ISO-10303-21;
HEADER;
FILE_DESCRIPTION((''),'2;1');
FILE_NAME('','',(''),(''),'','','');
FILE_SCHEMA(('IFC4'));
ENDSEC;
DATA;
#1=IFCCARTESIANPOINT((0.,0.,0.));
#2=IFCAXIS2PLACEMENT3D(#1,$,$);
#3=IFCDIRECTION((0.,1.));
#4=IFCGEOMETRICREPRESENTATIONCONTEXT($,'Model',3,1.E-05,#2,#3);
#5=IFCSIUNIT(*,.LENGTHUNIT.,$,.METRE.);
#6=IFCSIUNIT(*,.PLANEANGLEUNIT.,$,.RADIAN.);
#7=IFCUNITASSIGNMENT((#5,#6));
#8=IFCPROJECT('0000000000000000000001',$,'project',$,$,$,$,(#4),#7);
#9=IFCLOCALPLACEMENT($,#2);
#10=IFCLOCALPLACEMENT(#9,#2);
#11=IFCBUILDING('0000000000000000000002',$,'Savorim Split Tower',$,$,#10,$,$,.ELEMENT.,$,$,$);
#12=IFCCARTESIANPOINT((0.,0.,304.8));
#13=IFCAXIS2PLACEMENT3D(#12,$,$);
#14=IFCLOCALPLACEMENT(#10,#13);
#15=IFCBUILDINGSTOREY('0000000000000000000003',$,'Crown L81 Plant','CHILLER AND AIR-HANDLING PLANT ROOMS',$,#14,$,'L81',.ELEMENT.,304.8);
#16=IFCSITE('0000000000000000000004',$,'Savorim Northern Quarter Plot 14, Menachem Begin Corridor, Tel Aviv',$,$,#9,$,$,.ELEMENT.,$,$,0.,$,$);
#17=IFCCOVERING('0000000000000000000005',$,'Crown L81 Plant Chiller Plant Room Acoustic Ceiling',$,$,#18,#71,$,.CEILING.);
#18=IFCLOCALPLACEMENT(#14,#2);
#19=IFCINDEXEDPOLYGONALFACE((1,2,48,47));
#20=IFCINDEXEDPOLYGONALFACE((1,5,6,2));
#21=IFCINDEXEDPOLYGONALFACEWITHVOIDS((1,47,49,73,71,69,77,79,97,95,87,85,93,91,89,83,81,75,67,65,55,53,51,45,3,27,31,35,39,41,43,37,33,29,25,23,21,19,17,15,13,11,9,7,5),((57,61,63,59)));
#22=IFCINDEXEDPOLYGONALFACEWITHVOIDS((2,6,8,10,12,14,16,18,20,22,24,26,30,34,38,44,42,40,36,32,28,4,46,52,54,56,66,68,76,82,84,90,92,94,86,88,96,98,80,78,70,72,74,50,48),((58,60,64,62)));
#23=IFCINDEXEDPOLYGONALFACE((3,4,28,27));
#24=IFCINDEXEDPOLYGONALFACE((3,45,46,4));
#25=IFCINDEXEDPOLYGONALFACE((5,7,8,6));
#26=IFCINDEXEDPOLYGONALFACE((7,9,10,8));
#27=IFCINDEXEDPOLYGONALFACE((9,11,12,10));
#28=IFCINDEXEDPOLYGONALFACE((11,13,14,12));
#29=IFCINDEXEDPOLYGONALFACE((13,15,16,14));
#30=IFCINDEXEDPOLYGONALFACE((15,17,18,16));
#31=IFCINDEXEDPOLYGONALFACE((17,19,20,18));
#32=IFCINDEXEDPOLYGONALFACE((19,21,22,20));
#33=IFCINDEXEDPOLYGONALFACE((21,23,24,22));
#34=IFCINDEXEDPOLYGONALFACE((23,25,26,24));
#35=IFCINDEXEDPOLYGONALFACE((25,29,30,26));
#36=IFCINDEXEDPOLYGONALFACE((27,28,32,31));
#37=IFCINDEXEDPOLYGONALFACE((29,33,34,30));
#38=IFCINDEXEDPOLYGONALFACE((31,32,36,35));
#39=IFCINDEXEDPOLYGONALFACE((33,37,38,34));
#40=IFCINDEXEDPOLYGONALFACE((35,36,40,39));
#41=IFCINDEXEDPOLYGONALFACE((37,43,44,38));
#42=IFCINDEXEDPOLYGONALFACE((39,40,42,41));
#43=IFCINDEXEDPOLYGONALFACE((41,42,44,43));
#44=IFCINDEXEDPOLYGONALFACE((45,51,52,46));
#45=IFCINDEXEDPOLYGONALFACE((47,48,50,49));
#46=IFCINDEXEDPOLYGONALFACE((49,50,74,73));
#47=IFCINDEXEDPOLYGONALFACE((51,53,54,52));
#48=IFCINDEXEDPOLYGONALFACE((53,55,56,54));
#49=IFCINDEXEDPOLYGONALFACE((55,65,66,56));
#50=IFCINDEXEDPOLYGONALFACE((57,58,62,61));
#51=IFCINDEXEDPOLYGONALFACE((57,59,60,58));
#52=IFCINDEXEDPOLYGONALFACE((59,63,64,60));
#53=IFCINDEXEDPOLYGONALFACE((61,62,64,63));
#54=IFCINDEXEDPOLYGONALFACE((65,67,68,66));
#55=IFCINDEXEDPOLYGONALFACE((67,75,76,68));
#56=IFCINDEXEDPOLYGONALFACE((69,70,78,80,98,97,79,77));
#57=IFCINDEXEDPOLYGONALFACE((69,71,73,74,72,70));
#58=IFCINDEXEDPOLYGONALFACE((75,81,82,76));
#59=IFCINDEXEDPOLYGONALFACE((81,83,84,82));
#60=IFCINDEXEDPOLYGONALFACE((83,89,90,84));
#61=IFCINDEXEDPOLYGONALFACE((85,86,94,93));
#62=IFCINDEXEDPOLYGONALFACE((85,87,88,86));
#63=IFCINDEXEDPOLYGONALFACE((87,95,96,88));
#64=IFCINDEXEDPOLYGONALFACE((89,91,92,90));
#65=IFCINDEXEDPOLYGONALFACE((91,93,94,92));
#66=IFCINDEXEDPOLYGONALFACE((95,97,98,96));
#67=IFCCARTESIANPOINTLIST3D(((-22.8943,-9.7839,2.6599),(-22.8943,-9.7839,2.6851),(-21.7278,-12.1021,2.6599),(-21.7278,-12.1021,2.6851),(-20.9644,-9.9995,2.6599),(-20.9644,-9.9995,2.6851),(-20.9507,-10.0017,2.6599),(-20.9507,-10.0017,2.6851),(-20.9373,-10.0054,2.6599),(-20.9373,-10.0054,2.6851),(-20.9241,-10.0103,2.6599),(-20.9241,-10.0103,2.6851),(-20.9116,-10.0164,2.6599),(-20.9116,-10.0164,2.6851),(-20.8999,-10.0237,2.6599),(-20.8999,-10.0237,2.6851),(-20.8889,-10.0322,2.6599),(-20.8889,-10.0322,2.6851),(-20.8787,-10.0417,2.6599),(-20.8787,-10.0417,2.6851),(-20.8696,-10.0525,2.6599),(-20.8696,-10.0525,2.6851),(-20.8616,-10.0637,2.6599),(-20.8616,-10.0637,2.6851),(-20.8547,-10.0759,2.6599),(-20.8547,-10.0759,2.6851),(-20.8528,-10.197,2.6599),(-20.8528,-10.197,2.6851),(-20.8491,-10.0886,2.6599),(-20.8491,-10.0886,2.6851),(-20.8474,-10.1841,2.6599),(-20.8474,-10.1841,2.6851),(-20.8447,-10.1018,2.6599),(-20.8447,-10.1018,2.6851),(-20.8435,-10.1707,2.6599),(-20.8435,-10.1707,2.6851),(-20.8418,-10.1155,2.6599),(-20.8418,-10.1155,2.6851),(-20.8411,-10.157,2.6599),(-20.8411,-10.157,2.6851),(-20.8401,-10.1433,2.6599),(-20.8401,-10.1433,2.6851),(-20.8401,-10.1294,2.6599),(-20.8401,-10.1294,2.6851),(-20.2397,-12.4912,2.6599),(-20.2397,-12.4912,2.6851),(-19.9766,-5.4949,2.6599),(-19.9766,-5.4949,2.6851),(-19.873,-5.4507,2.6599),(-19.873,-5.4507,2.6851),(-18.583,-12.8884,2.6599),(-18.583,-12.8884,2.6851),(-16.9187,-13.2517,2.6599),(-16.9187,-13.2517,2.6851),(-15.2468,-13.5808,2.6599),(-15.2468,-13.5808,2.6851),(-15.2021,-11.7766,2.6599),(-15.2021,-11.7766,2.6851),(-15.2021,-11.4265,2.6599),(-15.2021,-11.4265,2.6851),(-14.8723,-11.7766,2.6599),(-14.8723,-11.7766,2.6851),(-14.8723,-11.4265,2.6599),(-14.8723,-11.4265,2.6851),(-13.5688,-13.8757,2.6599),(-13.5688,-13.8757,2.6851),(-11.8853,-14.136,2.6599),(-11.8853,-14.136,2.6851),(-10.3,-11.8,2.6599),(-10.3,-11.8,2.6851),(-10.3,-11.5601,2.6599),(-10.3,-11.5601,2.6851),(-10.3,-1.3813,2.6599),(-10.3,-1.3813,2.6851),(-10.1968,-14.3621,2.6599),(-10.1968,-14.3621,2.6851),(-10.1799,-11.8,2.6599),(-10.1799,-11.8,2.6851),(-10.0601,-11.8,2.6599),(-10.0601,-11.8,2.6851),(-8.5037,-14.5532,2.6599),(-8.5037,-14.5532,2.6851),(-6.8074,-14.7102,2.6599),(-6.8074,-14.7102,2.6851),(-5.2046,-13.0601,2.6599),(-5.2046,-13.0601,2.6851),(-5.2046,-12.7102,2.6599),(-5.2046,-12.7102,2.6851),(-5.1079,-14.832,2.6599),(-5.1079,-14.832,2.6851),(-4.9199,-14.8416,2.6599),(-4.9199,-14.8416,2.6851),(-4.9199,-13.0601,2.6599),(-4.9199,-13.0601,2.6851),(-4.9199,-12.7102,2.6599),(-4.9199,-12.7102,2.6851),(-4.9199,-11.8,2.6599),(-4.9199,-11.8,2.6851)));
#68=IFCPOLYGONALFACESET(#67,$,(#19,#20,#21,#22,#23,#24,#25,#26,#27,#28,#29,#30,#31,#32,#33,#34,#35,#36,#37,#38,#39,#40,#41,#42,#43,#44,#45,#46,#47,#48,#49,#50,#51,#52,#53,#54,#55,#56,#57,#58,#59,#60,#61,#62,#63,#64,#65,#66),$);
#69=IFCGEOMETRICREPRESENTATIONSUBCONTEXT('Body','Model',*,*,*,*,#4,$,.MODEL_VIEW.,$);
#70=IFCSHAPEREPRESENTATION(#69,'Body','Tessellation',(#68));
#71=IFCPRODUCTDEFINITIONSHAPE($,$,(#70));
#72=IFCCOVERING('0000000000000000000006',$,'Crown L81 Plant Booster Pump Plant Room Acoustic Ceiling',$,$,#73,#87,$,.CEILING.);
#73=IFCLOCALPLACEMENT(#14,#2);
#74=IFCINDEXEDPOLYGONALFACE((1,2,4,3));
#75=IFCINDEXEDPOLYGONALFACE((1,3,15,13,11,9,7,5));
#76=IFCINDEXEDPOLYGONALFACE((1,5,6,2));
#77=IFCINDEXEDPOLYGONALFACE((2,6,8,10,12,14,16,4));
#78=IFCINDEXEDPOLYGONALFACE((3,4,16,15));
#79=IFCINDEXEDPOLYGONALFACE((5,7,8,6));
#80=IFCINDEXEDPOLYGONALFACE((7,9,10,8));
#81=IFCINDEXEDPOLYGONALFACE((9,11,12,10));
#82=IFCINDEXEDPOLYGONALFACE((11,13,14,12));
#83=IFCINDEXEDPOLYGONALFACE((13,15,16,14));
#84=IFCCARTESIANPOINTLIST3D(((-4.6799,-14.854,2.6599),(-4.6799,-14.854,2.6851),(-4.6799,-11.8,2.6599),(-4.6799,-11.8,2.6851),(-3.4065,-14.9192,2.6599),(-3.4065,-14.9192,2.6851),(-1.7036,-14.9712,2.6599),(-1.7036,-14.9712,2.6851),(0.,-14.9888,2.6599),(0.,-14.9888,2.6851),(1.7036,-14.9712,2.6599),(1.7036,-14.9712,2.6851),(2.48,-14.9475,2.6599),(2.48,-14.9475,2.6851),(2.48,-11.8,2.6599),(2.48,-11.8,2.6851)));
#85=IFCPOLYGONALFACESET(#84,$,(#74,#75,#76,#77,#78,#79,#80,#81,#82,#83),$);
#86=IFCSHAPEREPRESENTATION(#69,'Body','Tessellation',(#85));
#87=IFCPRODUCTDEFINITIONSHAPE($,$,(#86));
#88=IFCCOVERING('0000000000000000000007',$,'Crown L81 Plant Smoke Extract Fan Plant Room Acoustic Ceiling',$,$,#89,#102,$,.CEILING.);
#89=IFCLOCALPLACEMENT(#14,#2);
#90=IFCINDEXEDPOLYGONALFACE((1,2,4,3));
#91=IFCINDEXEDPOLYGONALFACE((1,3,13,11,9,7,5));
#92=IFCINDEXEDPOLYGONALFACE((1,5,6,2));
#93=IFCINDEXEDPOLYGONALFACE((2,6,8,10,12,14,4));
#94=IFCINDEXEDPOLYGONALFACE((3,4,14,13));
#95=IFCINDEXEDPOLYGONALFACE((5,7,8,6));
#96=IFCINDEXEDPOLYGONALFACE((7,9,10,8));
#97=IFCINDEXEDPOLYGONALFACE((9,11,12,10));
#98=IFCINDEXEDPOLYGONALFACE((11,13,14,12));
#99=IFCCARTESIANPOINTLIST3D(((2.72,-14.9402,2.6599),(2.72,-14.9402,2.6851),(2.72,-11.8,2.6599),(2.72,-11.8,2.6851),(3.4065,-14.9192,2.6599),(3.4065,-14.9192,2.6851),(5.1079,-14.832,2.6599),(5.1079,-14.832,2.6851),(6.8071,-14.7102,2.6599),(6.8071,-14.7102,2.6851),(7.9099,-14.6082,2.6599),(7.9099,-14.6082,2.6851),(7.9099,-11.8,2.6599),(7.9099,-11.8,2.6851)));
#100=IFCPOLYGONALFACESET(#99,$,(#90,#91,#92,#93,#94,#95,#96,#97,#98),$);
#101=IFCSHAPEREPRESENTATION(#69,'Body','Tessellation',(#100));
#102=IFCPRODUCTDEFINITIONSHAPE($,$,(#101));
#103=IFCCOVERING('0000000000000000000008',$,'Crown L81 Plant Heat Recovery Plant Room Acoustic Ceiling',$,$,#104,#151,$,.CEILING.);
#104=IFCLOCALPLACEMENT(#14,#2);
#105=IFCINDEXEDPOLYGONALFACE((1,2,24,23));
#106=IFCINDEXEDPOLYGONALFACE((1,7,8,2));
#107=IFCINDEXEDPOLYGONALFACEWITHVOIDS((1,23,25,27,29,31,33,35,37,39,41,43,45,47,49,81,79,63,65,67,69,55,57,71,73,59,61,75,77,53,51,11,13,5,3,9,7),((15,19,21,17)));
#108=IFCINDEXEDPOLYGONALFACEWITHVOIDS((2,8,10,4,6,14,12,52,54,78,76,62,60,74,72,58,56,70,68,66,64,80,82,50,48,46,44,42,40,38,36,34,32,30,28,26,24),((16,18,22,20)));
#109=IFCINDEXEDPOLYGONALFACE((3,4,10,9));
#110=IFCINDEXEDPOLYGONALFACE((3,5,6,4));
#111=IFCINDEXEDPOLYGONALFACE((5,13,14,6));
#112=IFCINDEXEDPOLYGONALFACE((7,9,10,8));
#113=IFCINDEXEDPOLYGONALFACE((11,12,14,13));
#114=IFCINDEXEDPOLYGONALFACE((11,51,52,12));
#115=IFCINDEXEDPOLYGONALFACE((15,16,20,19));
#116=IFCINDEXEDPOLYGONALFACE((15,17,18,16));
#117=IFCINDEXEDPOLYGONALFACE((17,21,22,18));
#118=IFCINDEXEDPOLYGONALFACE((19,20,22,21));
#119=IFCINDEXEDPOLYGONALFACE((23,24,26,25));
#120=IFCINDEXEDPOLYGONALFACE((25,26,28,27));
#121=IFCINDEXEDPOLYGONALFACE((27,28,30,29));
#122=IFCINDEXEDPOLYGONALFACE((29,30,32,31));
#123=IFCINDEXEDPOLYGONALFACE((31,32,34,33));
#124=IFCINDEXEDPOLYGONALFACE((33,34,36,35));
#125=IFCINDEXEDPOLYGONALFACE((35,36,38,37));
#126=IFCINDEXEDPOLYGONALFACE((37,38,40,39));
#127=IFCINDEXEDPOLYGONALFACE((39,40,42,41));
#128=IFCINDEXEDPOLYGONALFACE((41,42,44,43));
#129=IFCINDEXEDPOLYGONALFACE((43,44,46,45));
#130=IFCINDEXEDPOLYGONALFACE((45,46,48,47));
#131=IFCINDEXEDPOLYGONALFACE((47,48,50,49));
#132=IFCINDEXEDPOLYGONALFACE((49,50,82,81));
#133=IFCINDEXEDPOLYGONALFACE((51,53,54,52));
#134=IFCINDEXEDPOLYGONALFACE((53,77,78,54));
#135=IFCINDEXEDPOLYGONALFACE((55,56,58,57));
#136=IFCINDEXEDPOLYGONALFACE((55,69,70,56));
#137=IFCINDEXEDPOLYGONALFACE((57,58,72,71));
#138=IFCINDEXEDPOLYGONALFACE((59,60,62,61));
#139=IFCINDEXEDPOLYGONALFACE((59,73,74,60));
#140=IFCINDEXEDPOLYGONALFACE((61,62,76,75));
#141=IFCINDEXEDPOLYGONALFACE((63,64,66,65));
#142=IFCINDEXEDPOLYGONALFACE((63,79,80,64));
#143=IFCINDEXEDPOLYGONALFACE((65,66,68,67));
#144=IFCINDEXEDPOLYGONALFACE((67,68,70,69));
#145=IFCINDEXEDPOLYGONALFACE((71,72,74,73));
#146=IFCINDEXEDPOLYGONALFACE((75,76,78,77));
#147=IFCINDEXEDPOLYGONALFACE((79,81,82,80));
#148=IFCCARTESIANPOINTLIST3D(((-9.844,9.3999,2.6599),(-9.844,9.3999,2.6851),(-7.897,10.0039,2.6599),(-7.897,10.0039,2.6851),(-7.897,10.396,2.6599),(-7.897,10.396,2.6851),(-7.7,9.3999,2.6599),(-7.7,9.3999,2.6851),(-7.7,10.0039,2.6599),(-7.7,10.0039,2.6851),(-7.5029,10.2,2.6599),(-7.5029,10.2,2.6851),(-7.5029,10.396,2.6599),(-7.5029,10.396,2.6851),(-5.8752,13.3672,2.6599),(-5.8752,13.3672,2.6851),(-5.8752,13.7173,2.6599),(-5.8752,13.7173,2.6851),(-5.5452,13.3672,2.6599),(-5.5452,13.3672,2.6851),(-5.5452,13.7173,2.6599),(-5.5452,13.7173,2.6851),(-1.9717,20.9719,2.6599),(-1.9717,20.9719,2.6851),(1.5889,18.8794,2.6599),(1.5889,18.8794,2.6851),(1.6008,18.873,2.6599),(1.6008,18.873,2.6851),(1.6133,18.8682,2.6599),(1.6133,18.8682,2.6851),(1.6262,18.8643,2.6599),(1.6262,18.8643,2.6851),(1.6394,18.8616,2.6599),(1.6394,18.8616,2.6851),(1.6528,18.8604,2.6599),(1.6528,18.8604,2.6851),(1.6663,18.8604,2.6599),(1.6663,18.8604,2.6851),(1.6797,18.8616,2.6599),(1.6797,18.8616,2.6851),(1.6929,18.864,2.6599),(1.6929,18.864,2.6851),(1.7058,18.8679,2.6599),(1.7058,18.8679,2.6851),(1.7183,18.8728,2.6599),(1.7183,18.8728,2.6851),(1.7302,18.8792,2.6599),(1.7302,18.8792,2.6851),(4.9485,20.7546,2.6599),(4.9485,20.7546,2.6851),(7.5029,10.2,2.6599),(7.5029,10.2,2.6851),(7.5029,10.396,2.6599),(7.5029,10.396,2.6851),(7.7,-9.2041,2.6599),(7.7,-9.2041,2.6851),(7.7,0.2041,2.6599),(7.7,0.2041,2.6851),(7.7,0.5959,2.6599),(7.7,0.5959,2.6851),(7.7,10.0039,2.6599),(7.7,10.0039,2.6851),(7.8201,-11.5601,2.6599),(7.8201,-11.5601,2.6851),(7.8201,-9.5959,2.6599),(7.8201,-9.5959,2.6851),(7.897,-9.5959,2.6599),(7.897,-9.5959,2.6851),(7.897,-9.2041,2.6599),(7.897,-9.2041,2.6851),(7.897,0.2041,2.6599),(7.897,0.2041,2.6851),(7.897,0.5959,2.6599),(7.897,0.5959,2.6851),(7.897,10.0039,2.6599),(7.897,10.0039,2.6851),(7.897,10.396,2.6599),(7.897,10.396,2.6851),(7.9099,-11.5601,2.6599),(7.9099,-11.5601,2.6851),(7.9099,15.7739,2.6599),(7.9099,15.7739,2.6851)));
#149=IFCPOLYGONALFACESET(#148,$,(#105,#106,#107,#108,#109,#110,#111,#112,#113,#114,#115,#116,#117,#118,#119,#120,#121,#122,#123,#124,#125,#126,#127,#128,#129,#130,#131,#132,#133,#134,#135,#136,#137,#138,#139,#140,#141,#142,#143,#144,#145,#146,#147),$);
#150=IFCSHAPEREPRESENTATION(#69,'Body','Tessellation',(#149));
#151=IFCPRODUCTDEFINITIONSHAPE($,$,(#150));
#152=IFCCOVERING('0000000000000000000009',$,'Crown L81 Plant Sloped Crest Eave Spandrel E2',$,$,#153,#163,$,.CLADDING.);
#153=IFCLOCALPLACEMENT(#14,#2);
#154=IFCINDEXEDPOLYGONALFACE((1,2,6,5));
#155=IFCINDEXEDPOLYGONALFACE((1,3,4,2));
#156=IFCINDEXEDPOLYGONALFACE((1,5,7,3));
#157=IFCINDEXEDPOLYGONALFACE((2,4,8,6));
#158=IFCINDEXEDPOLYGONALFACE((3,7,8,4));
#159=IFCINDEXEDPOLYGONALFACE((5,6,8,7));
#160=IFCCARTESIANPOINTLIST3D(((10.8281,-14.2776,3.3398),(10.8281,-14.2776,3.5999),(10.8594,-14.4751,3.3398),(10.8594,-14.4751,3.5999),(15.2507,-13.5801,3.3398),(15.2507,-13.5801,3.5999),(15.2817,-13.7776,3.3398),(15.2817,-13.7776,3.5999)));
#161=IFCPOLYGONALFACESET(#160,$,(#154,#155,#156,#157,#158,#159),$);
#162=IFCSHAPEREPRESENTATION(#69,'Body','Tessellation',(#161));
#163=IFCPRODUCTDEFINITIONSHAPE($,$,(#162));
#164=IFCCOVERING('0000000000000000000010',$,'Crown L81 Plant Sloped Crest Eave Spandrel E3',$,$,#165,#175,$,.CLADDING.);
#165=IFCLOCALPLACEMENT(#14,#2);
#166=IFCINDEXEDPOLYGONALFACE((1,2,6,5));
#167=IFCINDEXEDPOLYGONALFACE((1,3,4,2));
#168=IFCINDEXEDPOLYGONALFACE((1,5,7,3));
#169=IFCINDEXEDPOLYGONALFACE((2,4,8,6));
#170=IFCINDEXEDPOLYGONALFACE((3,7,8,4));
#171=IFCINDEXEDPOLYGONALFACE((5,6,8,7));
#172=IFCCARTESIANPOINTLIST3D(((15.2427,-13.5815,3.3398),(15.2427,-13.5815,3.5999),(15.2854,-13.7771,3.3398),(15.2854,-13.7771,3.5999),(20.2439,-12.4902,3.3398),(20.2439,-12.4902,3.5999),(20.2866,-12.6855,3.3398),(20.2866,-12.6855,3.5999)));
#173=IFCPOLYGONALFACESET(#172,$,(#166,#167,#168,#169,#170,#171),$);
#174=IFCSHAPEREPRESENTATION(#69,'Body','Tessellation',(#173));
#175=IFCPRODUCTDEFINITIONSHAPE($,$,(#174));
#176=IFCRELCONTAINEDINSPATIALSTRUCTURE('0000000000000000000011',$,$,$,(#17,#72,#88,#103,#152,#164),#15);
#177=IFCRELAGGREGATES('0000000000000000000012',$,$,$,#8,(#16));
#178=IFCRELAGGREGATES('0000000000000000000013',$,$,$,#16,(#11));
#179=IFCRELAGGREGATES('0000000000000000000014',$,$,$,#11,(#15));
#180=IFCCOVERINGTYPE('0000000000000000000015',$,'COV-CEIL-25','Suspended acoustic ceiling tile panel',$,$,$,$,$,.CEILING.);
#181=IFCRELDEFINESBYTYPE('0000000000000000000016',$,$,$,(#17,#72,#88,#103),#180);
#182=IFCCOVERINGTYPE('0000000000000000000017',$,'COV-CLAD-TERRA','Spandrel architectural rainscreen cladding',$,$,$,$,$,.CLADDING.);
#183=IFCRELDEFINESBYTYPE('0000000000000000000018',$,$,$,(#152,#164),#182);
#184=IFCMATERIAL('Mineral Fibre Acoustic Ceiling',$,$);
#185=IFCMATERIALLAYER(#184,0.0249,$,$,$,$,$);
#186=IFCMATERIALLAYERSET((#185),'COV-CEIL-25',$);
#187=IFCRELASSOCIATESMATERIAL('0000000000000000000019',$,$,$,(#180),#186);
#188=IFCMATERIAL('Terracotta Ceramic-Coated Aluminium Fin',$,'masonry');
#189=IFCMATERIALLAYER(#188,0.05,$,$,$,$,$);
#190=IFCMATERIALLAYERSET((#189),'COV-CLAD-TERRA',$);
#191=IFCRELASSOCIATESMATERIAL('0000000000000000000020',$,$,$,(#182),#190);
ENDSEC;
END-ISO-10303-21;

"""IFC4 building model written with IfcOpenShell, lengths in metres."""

from ifc_helpers import new_model, si_unit, direction, frame, origin, place, context, subcontext, project, spatial, polyline, outline, extrude, material, layer, layer_set, type_object, element, save


model = new_model("IFC4")

# Units and contexts
model_context = context("Model", 3, precision=1e-05, world=origin(), true_north=direction((0.0, 1.0)))
body_context = subcontext(model_context, "Body", "Model", "MODEL_VIEW")
ifc_project = project(units=[si_unit("LENGTHUNIT", "METRE"), si_unit("PLANEANGLEUNIT", "RADIAN")], contexts=[model_context])

# Site, building, storey
site_placement = place(None, origin())
site = spatial("IfcSite", under=ifc_project, at=site_placement, Name="Savorim Northern Quarter Plot 14, Menachem Begin Corridor, Tel Aviv", CompositionType="ELEMENT", RefElevation=0.0)
building_placement = place(site_placement, origin())
building = spatial("IfcBuilding", under=site, at=building_placement, Name="Savorim Split Tower", CompositionType="ELEMENT")
storey_placement = place(building_placement, frame((0.0, 0.0, 304.8)))
storey = spatial("IfcBuildingStorey", under=building, at=storey_placement, Name="Crown L81 Plant", Description="CHILLER AND AIR-HANDLING PLANT ROOMS", LongName="L81", CompositionType="ELEMENT", Elevation=304.8)

# Coverings
ifc_material_1 = material(Name="Mineral Fibre Acoustic Ceiling")
ifc_layer_1 = layer(ifc_material_1, 0.0249)
ifc_layer_set_1 = layer_set([ifc_layer_1], Name="COV-CEIL-25")
covering_type_1 = type_object("IfcCoveringType", Name="COV-CEIL-25", Description="Suspended acoustic ceiling tile panel", PredefinedType="CEILING", material=ifc_layer_set_1)
covering_1_placement = place(storey_placement, frame((0.0, 0.0, 2.6599)))
element("IfcCovering", 1, at=covering_1_placement, inside=storey, type_object=covering_type_1, Name="Crown L81 Plant Chiller Plant Room Acoustic Ceiling", PredefinedType="CEILING", context=body_context, shape_type="SweptSolid", body=[
    extrude(outline(polyline([(-8.5037, -14.5532), (-6.8074, -14.7102), (-5.1079, -14.832), (-4.9199, -14.8416), (-4.9199, -13.0601), (-5.2046, -13.0601), (-5.2046, -12.7102), (-4.9199, -12.7102), (-4.9199, -11.8), (-10.0601, -11.8), (-10.1799, -11.8), (-10.3, -11.8), (-10.3, -11.5601), (-10.3, -1.3813), (-19.873, -5.4507), (-19.9766, -5.4949), (-22.8943, -9.7839), (-20.9644, -9.9995), (-20.9507, -10.0017), (-20.9373, -10.0054), (-20.9241, -10.0103), (-20.9116, -10.0164), (-20.8999, -10.0237), (-20.8889, -10.0322), (-20.8787, -10.0417), (-20.8696, -10.0525), (-20.8616, -10.0637), (-20.8547, -10.0759), (-20.8491, -10.0886), (-20.8447, -10.1018), (-20.8418, -10.1155), (-20.8401, -10.1294), (-20.8401, -10.1433), (-20.8411, -10.157), (-20.8435, -10.1707), (-20.8474, -10.1841), (-20.8528, -10.197), (-21.7278, -12.1021), (-20.2397, -12.4912), (-18.583, -12.8884), (-16.9187, -13.2517), (-15.2468, -13.5808), (-13.5688, -13.8757), (-11.8853, -14.136), (-10.1968, -14.3621), (-8.5037, -14.5532)]), holes=[polyline([(-14.8723, -11.7766), (-14.8723, -11.4265), (-15.2021, -11.4265), (-15.2021, -11.7766), (-14.8723, -11.7766)])]), origin(), (0.0, 0.0, 1.0), 0.0251),
])
covering_2_placement = place(storey_placement, frame((0.0, 0.0, 2.6599)))
element("IfcCovering", 2, at=covering_2_placement, inside=storey, type_object=covering_type_1, Name="Crown L81 Plant Booster Pump Plant Room Acoustic Ceiling", PredefinedType="CEILING", context=body_context, shape_type="SweptSolid", body=[
    extrude(outline(polyline([(-1.7036, -14.9712), (0.0, -14.9888), (1.7036, -14.9712), (2.48, -14.9475), (2.48, -11.8), (-4.6799, -11.8), (-4.6799, -14.854), (-3.4065, -14.9192), (-1.7036, -14.9712)])), origin(), (0.0, 0.0, 1.0), 0.0251),
])
covering_3_placement = place(storey_placement, frame((0.0, 0.0, 2.6599)))
element("IfcCovering", 3, at=covering_3_placement, inside=storey, type_object=covering_type_1, Name="Crown L81 Plant Smoke Extract Fan Plant Room Acoustic Ceiling", PredefinedType="CEILING", context=body_context, shape_type="SweptSolid", body=[
    extrude(outline(polyline([(3.4065, -14.9192), (5.1079, -14.832), (6.8071, -14.7102), (7.9099, -14.6082), (7.9099, -11.8), (2.72, -11.8), (2.72, -14.9402), (3.4065, -14.9192)])), origin(), (0.0, 0.0, 1.0), 0.0251),
])
covering_4_placement = place(storey_placement, frame((0.0, 0.0, 2.6599)))
element("IfcCovering", 4, at=covering_4_placement, inside=storey, type_object=covering_type_1, Name="Crown L81 Plant Heat Recovery Plant Room Acoustic Ceiling", PredefinedType="CEILING", context=body_context, shape_type="SweptSolid", body=[
    extrude(outline(polyline([(1.6008, 18.873), (1.5889, 18.8794), (-1.9717, 20.9719), (-9.844, 9.3999), (-7.7, 9.3999), (-7.7, 10.0039), (-7.897, 10.0039), (-7.897, 10.396), (-7.5029, 10.396), (-7.5029, 10.2), (7.5029, 10.2), (7.5029, 10.396), (7.897, 10.396), (7.897, 10.0039), (7.7, 10.0039), (7.7, 0.5959), (7.897, 0.5959), (7.897, 0.2041), (7.7, 0.2041), (7.7, -9.2041), (7.897, -9.2041), (7.897, -9.5959), (7.8201, -9.5959), (7.8201, -11.5601), (7.9099, -11.5601), (7.9099, 15.7739), (4.9485, 20.7546), (1.7302, 18.8792), (1.7183, 18.8728), (1.7058, 18.8679), (1.6929, 18.864), (1.6797, 18.8616), (1.6663, 18.8604), (1.6528, 18.8604), (1.6394, 18.8616), (1.6262, 18.8643), (1.6133, 18.8682), (1.6008, 18.873)]), holes=[polyline([(-5.5452, 13.7173), (-5.8752, 13.7173), (-5.8752, 13.3672), (-5.5452, 13.3672), (-5.5452, 13.7173)])]), origin(), (0.0, 0.0, 1.0), 0.0251),
])
ifc_material_2 = material(Name="Terracotta Ceramic-Coated Aluminium Fin", Category="masonry")
ifc_layer_2 = layer(ifc_material_2, 0.05)
ifc_layer_set_2 = layer_set([ifc_layer_2], Name="COV-CLAD-TERRA")
covering_type_2 = type_object("IfcCoveringType", Name="COV-CLAD-TERRA", Description="Spandrel architectural rainscreen cladding", PredefinedType="CLADDING", material=ifc_layer_set_2)
covering_5_placement = place(storey_placement, frame((0.0, 0.0, 3.3398)))
element("IfcCovering", 5, at=covering_5_placement, inside=storey, type_object=covering_type_2, Name="Crown L81 Plant Sloped Crest Eave Spandrel E2", PredefinedType="CLADDING", context=body_context, shape_type="SweptSolid", body=[
    extrude(outline(polyline([(10.8594, -14.4751), (15.2817, -13.7776), (15.2507, -13.5801), (10.8281, -14.2776), (10.8594, -14.4751)])), origin(), (0.0, 0.0, 1.0), 0.26),
])
covering_6_placement = place(storey_placement, frame((0.0, 0.0, 3.3398)))
element("IfcCovering", 6, at=covering_6_placement, inside=storey, type_object=covering_type_2, Name="Crown L81 Plant Sloped Crest Eave Spandrel E3", PredefinedType="CLADDING", context=body_context, shape_type="SweptSolid", body=[
    extrude(outline(polyline([(15.2854, -13.7771), (20.2866, -12.6855), (20.2439, -12.4902), (15.2427, -13.5815), (15.2854, -13.7771)])), origin(), (0.0, 0.0, 1.0), 0.26),
])

save(model, "model.ifc")
